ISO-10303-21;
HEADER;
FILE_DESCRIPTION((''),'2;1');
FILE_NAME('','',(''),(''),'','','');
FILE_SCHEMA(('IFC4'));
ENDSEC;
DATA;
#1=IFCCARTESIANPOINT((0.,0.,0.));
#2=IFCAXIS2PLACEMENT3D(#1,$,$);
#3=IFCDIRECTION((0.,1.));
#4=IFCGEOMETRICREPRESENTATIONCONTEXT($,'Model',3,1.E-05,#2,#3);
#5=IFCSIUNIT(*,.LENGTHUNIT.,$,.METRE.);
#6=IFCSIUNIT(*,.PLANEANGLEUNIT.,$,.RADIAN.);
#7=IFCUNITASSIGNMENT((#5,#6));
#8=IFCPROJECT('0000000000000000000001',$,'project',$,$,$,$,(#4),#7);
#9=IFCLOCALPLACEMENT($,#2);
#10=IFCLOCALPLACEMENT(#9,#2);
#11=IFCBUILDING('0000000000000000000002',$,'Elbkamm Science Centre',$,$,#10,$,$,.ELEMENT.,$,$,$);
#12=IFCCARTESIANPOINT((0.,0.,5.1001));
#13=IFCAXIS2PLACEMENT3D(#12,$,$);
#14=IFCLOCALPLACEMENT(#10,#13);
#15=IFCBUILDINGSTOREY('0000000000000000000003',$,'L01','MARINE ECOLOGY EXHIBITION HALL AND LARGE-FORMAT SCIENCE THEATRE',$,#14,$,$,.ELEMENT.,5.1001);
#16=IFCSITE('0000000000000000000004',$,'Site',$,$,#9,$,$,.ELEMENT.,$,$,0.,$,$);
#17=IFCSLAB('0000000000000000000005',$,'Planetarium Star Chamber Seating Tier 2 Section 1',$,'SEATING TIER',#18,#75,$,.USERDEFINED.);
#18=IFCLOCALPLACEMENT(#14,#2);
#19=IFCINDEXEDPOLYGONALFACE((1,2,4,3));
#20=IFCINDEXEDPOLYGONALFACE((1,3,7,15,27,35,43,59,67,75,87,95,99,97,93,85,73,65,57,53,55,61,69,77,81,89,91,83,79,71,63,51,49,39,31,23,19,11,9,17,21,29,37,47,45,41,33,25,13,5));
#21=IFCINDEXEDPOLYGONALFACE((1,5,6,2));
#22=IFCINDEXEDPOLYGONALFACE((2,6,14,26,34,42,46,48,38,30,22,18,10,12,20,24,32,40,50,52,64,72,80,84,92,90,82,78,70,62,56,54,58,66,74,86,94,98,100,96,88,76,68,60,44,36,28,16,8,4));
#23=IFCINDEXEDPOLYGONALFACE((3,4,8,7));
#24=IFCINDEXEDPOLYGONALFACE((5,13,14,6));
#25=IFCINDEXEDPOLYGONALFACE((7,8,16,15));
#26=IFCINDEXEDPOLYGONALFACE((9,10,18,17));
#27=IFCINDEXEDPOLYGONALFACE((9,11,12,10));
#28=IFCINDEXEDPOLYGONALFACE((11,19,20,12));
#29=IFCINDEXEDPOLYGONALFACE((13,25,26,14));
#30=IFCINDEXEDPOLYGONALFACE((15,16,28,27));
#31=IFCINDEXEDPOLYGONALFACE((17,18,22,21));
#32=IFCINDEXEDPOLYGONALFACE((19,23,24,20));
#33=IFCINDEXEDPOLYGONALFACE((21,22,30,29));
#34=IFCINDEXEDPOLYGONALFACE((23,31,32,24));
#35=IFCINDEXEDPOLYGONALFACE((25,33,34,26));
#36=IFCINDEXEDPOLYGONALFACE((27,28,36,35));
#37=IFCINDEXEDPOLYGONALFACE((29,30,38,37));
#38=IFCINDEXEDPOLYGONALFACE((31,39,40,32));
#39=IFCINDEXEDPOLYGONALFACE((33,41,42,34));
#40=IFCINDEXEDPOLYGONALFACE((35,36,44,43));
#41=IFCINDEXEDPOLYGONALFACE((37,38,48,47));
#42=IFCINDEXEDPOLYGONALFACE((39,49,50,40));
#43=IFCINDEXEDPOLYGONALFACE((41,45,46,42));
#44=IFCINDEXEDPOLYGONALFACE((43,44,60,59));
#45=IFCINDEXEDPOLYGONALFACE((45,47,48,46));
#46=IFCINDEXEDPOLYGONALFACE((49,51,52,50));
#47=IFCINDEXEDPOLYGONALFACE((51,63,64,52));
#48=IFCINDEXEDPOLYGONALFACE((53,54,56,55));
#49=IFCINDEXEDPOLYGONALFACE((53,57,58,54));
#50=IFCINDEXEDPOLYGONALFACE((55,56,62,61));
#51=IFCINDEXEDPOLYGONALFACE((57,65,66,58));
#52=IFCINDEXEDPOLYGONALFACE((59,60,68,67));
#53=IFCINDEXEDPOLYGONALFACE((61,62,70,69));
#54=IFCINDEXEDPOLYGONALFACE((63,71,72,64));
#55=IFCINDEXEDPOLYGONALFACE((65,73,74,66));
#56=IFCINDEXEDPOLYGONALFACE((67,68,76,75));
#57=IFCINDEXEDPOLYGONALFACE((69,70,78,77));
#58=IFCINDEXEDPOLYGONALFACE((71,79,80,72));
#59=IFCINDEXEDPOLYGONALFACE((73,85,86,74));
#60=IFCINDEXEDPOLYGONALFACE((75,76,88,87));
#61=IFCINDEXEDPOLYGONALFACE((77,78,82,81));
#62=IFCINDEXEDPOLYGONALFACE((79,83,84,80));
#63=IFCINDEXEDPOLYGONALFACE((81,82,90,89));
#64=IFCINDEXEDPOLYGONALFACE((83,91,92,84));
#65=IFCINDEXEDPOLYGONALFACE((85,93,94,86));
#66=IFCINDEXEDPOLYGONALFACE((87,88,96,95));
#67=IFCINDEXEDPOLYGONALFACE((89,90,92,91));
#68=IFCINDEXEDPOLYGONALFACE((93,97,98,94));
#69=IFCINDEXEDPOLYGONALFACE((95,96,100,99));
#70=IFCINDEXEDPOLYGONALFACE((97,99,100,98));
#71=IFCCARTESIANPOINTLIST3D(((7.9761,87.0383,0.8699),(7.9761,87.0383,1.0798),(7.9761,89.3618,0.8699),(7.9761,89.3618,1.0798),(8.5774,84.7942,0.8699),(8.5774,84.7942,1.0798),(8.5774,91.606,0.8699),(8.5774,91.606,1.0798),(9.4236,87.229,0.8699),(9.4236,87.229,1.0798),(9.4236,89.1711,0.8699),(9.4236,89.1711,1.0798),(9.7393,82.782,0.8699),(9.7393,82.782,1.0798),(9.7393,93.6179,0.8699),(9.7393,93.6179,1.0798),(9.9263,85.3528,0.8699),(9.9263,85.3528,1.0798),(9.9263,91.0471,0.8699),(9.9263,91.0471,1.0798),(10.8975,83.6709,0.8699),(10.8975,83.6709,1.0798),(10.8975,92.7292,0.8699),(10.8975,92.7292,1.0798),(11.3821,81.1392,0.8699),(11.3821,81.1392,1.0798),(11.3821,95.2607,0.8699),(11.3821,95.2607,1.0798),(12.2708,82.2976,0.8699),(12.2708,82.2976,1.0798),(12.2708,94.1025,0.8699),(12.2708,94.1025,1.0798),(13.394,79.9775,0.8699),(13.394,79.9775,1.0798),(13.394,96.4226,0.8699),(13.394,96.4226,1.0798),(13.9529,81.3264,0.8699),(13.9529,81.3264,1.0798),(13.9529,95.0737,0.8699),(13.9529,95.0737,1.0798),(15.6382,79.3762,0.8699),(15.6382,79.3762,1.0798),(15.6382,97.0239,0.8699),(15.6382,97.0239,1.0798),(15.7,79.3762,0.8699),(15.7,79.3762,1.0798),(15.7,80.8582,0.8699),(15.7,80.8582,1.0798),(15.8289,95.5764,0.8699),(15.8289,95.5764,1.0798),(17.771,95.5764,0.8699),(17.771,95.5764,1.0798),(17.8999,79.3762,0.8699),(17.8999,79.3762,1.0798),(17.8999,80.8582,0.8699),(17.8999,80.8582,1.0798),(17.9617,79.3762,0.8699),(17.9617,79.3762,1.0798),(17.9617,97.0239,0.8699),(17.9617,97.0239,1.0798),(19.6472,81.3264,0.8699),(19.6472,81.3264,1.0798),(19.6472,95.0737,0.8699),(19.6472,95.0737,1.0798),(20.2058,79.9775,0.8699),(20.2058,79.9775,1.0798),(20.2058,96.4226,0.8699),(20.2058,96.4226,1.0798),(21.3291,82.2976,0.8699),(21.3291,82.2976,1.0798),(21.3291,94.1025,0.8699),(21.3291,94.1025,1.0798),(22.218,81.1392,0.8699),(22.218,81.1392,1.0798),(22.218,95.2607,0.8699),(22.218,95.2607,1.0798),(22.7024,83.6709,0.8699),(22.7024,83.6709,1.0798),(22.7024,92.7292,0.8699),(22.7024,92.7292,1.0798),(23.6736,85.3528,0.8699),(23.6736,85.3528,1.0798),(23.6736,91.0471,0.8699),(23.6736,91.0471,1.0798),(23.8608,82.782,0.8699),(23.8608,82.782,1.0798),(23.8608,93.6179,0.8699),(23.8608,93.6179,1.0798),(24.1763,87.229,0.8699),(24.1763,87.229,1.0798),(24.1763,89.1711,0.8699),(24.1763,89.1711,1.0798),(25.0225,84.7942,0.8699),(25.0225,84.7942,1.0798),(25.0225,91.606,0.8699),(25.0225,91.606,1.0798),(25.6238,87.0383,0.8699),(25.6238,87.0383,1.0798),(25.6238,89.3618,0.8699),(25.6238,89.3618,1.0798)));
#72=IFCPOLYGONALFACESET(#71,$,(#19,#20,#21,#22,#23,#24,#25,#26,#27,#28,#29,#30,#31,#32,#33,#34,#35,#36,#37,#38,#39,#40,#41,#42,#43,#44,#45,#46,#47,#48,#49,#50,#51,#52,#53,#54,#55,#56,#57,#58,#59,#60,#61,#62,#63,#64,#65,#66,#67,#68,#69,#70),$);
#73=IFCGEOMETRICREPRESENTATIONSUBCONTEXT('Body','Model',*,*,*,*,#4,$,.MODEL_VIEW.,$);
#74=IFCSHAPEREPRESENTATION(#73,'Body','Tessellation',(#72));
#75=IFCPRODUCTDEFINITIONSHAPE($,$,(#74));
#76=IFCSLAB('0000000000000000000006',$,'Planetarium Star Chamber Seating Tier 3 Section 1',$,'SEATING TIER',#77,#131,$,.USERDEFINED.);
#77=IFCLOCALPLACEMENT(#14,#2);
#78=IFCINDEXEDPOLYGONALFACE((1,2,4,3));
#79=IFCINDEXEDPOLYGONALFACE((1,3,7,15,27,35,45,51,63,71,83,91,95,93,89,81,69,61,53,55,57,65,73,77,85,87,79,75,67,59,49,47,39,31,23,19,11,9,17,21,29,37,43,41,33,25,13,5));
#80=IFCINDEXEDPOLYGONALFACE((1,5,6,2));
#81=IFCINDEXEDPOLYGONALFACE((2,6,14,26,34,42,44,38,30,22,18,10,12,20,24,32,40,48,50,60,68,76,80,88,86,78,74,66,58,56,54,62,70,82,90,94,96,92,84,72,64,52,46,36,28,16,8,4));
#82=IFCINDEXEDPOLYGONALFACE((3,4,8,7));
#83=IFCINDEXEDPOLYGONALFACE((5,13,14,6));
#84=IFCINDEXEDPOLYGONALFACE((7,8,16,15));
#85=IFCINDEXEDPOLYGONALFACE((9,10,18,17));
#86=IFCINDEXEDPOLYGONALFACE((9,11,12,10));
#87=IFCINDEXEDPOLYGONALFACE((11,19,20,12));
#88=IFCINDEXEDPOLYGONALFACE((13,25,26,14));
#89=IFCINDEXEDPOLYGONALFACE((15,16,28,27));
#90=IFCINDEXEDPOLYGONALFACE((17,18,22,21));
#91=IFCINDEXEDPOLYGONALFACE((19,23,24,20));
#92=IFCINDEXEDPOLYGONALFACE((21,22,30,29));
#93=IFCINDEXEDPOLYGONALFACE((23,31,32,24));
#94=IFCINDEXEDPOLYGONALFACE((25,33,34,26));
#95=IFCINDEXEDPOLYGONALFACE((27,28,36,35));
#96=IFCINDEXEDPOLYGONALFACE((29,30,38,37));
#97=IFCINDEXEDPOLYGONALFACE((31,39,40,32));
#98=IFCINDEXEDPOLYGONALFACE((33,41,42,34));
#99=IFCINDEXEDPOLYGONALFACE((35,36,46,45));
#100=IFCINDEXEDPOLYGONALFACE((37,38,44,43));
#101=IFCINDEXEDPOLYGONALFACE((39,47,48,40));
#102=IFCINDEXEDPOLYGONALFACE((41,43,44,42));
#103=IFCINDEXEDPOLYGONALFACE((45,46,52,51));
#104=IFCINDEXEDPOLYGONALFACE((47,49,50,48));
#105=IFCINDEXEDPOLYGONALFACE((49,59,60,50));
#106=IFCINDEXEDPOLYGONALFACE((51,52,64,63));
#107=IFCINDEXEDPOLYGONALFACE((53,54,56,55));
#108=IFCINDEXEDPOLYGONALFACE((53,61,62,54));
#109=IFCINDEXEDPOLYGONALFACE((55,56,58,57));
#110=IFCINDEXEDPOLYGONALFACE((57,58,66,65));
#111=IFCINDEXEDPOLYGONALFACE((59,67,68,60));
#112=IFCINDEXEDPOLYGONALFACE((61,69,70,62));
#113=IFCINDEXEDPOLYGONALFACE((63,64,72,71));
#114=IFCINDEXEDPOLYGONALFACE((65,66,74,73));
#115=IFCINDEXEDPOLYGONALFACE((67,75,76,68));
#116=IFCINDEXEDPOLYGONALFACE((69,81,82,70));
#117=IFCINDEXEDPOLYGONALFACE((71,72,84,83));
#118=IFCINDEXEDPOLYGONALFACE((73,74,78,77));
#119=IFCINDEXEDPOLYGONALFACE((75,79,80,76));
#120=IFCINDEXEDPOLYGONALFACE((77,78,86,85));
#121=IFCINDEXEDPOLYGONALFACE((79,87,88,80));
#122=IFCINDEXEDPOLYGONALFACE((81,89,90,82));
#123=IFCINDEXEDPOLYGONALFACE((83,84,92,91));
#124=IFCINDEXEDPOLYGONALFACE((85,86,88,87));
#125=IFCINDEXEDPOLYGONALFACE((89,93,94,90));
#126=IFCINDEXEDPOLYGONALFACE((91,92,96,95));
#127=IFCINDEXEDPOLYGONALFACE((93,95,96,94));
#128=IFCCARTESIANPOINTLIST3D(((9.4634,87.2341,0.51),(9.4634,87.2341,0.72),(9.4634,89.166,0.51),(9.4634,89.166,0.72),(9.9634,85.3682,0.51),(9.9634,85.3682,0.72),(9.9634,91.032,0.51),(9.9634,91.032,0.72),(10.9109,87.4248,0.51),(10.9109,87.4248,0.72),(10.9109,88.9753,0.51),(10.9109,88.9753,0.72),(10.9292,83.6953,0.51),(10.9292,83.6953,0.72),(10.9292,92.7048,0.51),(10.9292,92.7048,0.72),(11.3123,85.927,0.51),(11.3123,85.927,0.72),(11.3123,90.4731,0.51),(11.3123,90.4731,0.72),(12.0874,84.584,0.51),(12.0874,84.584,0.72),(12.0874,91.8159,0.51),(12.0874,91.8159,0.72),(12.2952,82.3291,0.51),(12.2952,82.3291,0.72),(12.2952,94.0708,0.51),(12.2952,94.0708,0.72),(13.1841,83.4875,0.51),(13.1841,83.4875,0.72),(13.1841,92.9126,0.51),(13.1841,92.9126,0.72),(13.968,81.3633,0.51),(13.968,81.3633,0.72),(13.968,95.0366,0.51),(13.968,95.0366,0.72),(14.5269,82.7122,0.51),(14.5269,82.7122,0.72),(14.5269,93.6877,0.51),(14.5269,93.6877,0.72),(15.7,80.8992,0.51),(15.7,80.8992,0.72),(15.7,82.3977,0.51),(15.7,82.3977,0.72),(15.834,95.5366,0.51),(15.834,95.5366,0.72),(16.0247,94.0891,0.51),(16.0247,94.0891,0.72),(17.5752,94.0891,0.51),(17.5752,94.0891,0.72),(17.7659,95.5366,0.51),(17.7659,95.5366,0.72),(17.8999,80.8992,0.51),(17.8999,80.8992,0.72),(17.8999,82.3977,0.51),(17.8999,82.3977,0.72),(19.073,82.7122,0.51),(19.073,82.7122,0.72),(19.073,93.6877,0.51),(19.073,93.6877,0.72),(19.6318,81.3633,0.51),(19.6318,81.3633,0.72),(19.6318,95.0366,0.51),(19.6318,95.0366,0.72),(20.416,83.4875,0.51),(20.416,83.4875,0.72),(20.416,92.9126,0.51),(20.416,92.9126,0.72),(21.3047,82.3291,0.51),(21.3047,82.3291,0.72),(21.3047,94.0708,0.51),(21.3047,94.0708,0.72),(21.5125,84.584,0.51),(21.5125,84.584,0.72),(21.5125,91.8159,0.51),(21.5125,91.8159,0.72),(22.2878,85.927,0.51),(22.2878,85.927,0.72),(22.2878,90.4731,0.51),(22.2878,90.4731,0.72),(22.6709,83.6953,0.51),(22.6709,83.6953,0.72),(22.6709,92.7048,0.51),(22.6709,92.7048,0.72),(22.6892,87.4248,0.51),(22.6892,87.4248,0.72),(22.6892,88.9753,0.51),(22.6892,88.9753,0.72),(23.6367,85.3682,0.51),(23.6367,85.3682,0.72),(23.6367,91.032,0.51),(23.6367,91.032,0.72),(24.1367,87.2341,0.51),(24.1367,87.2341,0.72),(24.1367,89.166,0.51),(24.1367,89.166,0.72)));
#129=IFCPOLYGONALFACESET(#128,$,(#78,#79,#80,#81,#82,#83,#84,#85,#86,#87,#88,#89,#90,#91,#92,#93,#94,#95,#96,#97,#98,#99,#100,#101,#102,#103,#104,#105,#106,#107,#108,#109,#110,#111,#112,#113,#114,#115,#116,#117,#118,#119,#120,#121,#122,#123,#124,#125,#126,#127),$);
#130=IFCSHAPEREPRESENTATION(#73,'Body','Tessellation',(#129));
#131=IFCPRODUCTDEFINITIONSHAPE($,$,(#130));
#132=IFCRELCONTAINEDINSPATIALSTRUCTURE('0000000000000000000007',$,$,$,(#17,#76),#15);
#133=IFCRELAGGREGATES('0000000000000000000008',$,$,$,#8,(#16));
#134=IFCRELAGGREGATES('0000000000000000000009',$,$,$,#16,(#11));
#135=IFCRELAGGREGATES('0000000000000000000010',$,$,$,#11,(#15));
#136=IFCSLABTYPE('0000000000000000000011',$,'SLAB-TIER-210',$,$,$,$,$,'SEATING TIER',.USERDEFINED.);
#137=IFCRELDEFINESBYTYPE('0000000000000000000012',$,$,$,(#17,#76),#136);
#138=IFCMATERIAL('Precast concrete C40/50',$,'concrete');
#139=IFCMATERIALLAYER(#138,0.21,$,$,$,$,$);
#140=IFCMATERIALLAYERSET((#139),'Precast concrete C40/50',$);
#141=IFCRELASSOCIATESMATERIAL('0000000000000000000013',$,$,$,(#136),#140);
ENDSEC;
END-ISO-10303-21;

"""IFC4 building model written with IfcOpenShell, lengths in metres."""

from ifc_helpers import new_model, si_unit, direction, frame, origin, place, context, subcontext, project, spatial, polyline, outline, extrude, material, layer, layer_set, type_object, element, save


model = new_model("IFC4")

# Units and contexts
model_context = context("Model", 3, precision=1e-05, world=origin(), true_north=direction((0.0, 1.0)))
body_context = subcontext(model_context, "Body", "Model", "MODEL_VIEW")
ifc_project = project(units=[si_unit("LENGTHUNIT", "METRE"), si_unit("PLANEANGLEUNIT", "RADIAN")], contexts=[model_context])

# Site, building, storey
site_placement = place(None, origin())
site = spatial("IfcSite", under=ifc_project, at=site_placement, Name="Site", CompositionType="ELEMENT", RefElevation=0.0)
building_placement = place(site_placement, origin())
building = spatial("IfcBuilding", under=site, at=building_placement, Name="Elbkamm Science Centre", CompositionType="ELEMENT")
storey_placement = place(building_placement, frame((0.0, 0.0, 5.1001)))
storey = spatial("IfcBuildingStorey", under=building, at=storey_placement, Name="L01", Description="MARINE ECOLOGY EXHIBITION HALL AND LARGE-FORMAT SCIENCE THEATRE", CompositionType="ELEMENT", Elevation=5.1001)

# Slabs
ifc_material_1 = material(Name="Precast concrete C40/50", Category="concrete")
ifc_layer_1 = layer(ifc_material_1, 0.21)
ifc_layer_set_1 = layer_set([ifc_layer_1], Name="Precast concrete C40/50")
slab_type_1 = type_object("IfcSlabType", Name="SLAB-TIER-210", ElementType="SEATING TIER", PredefinedType="USERDEFINED", material=ifc_layer_set_1)
slab_1_placement = place(storey_placement, frame((0.0, 0.0, 0.8699)))
element("IfcSlab", 1, at=slab_1_placement, inside=storey, type_object=slab_type_1, Name="Planetarium Star Chamber Seating Tier 2 Section 1", ObjectType="SEATING TIER", PredefinedType="USERDEFINED", context=body_context, shape_type="SweptSolid", body=[
    extrude(outline(polyline([(25.0225, 84.7942), (23.8608, 82.782), (22.218, 81.1392), (20.2058, 79.9775), (17.9617, 79.3762), (17.8999, 79.3762), (17.8999, 80.8582), (19.6472, 81.3264), (21.3291, 82.2976), (22.7024, 83.6709), (23.6736, 85.3528), (24.1763, 87.229), (24.1763, 89.1711), (23.6736, 91.0471), (22.7024, 92.7292), (21.3291, 94.1025), (19.6472, 95.0737), (17.771, 95.5764), (15.8289, 95.5764), (13.9529, 95.0737), (12.2708, 94.1025), (10.8975, 92.7292), (9.9263, 91.0471), (9.4236, 89.1711), (9.4236, 87.229), (9.9263, 85.3528), (10.8975, 83.6709), (12.2708, 82.2976), (13.9529, 81.3264), (15.7, 80.8582), (15.7, 79.3762), (15.6382, 79.3762), (13.394, 79.9775), (11.3821, 81.1392), (9.7393, 82.782), (8.5774, 84.7942), (7.9761, 87.0383), (7.9761, 89.3618), (8.5774, 91.606), (9.7393, 93.6179), (11.3821, 95.2607), (13.394, 96.4226), (15.6382, 97.0239), (17.9617, 97.0239), (20.2058, 96.4226), (22.218, 95.2607), (23.8608, 93.6179), (25.0225, 91.606), (25.6238, 89.3618), (25.6238, 87.0383), (25.0225, 84.7942)])), origin(), (0.0, 0.0, 1.0), 0.21),
])
slab_2_placement = place(storey_placement, frame((0.0, 0.0, 0.51)))
element("IfcSlab", 2, at=slab_2_placement, inside=storey, type_object=slab_type_1, Name="Planetarium Star Chamber Seating Tier 3 Section 1", ObjectType="SEATING TIER", PredefinedType="USERDEFINED", context=body_context, shape_type="SweptSolid", body=[
    extrude(outline(polyline([(23.6367, 85.3682), (22.6709, 83.6953), (21.3047, 82.3291), (19.6318, 81.3633), (17.8999, 80.8992), (17.8999, 82.3977), (19.073, 82.7122), (20.416, 83.4875), (21.5125, 84.584), (22.2878, 85.927), (22.6892, 87.4248), (22.6892, 88.9753), (22.2878, 90.4731), (21.5125, 91.8159), (20.416, 92.9126), (19.073, 93.6877), (17.5752, 94.0891), (16.0247, 94.0891), (14.5269, 93.6877), (13.1841, 92.9126), (12.0874, 91.8159), (11.3123, 90.4731), (10.9109, 88.9753), (10.9109, 87.4248), (11.3123, 85.927), (12.0874, 84.584), (13.1841, 83.4875), (14.5269, 82.7122), (15.7, 82.3977), (15.7, 80.8992), (13.968, 81.3633), (12.2952, 82.3291), (10.9292, 83.6953), (9.9634, 85.3682), (9.4634, 87.2341), (9.4634, 89.166), (9.9634, 91.032), (10.9292, 92.7048), (12.2952, 94.0708), (13.968, 95.0366), (15.834, 95.5366), (17.7659, 95.5366), (19.6318, 95.0366), (21.3047, 94.0708), (22.6709, 92.7048), (23.6367, 91.032), (24.1367, 89.166), (24.1367, 87.2341), (23.6367, 85.3682)])), origin(), (0.0, 0.0, 1.0), 0.21),
])

save(model, "model.ifc")
